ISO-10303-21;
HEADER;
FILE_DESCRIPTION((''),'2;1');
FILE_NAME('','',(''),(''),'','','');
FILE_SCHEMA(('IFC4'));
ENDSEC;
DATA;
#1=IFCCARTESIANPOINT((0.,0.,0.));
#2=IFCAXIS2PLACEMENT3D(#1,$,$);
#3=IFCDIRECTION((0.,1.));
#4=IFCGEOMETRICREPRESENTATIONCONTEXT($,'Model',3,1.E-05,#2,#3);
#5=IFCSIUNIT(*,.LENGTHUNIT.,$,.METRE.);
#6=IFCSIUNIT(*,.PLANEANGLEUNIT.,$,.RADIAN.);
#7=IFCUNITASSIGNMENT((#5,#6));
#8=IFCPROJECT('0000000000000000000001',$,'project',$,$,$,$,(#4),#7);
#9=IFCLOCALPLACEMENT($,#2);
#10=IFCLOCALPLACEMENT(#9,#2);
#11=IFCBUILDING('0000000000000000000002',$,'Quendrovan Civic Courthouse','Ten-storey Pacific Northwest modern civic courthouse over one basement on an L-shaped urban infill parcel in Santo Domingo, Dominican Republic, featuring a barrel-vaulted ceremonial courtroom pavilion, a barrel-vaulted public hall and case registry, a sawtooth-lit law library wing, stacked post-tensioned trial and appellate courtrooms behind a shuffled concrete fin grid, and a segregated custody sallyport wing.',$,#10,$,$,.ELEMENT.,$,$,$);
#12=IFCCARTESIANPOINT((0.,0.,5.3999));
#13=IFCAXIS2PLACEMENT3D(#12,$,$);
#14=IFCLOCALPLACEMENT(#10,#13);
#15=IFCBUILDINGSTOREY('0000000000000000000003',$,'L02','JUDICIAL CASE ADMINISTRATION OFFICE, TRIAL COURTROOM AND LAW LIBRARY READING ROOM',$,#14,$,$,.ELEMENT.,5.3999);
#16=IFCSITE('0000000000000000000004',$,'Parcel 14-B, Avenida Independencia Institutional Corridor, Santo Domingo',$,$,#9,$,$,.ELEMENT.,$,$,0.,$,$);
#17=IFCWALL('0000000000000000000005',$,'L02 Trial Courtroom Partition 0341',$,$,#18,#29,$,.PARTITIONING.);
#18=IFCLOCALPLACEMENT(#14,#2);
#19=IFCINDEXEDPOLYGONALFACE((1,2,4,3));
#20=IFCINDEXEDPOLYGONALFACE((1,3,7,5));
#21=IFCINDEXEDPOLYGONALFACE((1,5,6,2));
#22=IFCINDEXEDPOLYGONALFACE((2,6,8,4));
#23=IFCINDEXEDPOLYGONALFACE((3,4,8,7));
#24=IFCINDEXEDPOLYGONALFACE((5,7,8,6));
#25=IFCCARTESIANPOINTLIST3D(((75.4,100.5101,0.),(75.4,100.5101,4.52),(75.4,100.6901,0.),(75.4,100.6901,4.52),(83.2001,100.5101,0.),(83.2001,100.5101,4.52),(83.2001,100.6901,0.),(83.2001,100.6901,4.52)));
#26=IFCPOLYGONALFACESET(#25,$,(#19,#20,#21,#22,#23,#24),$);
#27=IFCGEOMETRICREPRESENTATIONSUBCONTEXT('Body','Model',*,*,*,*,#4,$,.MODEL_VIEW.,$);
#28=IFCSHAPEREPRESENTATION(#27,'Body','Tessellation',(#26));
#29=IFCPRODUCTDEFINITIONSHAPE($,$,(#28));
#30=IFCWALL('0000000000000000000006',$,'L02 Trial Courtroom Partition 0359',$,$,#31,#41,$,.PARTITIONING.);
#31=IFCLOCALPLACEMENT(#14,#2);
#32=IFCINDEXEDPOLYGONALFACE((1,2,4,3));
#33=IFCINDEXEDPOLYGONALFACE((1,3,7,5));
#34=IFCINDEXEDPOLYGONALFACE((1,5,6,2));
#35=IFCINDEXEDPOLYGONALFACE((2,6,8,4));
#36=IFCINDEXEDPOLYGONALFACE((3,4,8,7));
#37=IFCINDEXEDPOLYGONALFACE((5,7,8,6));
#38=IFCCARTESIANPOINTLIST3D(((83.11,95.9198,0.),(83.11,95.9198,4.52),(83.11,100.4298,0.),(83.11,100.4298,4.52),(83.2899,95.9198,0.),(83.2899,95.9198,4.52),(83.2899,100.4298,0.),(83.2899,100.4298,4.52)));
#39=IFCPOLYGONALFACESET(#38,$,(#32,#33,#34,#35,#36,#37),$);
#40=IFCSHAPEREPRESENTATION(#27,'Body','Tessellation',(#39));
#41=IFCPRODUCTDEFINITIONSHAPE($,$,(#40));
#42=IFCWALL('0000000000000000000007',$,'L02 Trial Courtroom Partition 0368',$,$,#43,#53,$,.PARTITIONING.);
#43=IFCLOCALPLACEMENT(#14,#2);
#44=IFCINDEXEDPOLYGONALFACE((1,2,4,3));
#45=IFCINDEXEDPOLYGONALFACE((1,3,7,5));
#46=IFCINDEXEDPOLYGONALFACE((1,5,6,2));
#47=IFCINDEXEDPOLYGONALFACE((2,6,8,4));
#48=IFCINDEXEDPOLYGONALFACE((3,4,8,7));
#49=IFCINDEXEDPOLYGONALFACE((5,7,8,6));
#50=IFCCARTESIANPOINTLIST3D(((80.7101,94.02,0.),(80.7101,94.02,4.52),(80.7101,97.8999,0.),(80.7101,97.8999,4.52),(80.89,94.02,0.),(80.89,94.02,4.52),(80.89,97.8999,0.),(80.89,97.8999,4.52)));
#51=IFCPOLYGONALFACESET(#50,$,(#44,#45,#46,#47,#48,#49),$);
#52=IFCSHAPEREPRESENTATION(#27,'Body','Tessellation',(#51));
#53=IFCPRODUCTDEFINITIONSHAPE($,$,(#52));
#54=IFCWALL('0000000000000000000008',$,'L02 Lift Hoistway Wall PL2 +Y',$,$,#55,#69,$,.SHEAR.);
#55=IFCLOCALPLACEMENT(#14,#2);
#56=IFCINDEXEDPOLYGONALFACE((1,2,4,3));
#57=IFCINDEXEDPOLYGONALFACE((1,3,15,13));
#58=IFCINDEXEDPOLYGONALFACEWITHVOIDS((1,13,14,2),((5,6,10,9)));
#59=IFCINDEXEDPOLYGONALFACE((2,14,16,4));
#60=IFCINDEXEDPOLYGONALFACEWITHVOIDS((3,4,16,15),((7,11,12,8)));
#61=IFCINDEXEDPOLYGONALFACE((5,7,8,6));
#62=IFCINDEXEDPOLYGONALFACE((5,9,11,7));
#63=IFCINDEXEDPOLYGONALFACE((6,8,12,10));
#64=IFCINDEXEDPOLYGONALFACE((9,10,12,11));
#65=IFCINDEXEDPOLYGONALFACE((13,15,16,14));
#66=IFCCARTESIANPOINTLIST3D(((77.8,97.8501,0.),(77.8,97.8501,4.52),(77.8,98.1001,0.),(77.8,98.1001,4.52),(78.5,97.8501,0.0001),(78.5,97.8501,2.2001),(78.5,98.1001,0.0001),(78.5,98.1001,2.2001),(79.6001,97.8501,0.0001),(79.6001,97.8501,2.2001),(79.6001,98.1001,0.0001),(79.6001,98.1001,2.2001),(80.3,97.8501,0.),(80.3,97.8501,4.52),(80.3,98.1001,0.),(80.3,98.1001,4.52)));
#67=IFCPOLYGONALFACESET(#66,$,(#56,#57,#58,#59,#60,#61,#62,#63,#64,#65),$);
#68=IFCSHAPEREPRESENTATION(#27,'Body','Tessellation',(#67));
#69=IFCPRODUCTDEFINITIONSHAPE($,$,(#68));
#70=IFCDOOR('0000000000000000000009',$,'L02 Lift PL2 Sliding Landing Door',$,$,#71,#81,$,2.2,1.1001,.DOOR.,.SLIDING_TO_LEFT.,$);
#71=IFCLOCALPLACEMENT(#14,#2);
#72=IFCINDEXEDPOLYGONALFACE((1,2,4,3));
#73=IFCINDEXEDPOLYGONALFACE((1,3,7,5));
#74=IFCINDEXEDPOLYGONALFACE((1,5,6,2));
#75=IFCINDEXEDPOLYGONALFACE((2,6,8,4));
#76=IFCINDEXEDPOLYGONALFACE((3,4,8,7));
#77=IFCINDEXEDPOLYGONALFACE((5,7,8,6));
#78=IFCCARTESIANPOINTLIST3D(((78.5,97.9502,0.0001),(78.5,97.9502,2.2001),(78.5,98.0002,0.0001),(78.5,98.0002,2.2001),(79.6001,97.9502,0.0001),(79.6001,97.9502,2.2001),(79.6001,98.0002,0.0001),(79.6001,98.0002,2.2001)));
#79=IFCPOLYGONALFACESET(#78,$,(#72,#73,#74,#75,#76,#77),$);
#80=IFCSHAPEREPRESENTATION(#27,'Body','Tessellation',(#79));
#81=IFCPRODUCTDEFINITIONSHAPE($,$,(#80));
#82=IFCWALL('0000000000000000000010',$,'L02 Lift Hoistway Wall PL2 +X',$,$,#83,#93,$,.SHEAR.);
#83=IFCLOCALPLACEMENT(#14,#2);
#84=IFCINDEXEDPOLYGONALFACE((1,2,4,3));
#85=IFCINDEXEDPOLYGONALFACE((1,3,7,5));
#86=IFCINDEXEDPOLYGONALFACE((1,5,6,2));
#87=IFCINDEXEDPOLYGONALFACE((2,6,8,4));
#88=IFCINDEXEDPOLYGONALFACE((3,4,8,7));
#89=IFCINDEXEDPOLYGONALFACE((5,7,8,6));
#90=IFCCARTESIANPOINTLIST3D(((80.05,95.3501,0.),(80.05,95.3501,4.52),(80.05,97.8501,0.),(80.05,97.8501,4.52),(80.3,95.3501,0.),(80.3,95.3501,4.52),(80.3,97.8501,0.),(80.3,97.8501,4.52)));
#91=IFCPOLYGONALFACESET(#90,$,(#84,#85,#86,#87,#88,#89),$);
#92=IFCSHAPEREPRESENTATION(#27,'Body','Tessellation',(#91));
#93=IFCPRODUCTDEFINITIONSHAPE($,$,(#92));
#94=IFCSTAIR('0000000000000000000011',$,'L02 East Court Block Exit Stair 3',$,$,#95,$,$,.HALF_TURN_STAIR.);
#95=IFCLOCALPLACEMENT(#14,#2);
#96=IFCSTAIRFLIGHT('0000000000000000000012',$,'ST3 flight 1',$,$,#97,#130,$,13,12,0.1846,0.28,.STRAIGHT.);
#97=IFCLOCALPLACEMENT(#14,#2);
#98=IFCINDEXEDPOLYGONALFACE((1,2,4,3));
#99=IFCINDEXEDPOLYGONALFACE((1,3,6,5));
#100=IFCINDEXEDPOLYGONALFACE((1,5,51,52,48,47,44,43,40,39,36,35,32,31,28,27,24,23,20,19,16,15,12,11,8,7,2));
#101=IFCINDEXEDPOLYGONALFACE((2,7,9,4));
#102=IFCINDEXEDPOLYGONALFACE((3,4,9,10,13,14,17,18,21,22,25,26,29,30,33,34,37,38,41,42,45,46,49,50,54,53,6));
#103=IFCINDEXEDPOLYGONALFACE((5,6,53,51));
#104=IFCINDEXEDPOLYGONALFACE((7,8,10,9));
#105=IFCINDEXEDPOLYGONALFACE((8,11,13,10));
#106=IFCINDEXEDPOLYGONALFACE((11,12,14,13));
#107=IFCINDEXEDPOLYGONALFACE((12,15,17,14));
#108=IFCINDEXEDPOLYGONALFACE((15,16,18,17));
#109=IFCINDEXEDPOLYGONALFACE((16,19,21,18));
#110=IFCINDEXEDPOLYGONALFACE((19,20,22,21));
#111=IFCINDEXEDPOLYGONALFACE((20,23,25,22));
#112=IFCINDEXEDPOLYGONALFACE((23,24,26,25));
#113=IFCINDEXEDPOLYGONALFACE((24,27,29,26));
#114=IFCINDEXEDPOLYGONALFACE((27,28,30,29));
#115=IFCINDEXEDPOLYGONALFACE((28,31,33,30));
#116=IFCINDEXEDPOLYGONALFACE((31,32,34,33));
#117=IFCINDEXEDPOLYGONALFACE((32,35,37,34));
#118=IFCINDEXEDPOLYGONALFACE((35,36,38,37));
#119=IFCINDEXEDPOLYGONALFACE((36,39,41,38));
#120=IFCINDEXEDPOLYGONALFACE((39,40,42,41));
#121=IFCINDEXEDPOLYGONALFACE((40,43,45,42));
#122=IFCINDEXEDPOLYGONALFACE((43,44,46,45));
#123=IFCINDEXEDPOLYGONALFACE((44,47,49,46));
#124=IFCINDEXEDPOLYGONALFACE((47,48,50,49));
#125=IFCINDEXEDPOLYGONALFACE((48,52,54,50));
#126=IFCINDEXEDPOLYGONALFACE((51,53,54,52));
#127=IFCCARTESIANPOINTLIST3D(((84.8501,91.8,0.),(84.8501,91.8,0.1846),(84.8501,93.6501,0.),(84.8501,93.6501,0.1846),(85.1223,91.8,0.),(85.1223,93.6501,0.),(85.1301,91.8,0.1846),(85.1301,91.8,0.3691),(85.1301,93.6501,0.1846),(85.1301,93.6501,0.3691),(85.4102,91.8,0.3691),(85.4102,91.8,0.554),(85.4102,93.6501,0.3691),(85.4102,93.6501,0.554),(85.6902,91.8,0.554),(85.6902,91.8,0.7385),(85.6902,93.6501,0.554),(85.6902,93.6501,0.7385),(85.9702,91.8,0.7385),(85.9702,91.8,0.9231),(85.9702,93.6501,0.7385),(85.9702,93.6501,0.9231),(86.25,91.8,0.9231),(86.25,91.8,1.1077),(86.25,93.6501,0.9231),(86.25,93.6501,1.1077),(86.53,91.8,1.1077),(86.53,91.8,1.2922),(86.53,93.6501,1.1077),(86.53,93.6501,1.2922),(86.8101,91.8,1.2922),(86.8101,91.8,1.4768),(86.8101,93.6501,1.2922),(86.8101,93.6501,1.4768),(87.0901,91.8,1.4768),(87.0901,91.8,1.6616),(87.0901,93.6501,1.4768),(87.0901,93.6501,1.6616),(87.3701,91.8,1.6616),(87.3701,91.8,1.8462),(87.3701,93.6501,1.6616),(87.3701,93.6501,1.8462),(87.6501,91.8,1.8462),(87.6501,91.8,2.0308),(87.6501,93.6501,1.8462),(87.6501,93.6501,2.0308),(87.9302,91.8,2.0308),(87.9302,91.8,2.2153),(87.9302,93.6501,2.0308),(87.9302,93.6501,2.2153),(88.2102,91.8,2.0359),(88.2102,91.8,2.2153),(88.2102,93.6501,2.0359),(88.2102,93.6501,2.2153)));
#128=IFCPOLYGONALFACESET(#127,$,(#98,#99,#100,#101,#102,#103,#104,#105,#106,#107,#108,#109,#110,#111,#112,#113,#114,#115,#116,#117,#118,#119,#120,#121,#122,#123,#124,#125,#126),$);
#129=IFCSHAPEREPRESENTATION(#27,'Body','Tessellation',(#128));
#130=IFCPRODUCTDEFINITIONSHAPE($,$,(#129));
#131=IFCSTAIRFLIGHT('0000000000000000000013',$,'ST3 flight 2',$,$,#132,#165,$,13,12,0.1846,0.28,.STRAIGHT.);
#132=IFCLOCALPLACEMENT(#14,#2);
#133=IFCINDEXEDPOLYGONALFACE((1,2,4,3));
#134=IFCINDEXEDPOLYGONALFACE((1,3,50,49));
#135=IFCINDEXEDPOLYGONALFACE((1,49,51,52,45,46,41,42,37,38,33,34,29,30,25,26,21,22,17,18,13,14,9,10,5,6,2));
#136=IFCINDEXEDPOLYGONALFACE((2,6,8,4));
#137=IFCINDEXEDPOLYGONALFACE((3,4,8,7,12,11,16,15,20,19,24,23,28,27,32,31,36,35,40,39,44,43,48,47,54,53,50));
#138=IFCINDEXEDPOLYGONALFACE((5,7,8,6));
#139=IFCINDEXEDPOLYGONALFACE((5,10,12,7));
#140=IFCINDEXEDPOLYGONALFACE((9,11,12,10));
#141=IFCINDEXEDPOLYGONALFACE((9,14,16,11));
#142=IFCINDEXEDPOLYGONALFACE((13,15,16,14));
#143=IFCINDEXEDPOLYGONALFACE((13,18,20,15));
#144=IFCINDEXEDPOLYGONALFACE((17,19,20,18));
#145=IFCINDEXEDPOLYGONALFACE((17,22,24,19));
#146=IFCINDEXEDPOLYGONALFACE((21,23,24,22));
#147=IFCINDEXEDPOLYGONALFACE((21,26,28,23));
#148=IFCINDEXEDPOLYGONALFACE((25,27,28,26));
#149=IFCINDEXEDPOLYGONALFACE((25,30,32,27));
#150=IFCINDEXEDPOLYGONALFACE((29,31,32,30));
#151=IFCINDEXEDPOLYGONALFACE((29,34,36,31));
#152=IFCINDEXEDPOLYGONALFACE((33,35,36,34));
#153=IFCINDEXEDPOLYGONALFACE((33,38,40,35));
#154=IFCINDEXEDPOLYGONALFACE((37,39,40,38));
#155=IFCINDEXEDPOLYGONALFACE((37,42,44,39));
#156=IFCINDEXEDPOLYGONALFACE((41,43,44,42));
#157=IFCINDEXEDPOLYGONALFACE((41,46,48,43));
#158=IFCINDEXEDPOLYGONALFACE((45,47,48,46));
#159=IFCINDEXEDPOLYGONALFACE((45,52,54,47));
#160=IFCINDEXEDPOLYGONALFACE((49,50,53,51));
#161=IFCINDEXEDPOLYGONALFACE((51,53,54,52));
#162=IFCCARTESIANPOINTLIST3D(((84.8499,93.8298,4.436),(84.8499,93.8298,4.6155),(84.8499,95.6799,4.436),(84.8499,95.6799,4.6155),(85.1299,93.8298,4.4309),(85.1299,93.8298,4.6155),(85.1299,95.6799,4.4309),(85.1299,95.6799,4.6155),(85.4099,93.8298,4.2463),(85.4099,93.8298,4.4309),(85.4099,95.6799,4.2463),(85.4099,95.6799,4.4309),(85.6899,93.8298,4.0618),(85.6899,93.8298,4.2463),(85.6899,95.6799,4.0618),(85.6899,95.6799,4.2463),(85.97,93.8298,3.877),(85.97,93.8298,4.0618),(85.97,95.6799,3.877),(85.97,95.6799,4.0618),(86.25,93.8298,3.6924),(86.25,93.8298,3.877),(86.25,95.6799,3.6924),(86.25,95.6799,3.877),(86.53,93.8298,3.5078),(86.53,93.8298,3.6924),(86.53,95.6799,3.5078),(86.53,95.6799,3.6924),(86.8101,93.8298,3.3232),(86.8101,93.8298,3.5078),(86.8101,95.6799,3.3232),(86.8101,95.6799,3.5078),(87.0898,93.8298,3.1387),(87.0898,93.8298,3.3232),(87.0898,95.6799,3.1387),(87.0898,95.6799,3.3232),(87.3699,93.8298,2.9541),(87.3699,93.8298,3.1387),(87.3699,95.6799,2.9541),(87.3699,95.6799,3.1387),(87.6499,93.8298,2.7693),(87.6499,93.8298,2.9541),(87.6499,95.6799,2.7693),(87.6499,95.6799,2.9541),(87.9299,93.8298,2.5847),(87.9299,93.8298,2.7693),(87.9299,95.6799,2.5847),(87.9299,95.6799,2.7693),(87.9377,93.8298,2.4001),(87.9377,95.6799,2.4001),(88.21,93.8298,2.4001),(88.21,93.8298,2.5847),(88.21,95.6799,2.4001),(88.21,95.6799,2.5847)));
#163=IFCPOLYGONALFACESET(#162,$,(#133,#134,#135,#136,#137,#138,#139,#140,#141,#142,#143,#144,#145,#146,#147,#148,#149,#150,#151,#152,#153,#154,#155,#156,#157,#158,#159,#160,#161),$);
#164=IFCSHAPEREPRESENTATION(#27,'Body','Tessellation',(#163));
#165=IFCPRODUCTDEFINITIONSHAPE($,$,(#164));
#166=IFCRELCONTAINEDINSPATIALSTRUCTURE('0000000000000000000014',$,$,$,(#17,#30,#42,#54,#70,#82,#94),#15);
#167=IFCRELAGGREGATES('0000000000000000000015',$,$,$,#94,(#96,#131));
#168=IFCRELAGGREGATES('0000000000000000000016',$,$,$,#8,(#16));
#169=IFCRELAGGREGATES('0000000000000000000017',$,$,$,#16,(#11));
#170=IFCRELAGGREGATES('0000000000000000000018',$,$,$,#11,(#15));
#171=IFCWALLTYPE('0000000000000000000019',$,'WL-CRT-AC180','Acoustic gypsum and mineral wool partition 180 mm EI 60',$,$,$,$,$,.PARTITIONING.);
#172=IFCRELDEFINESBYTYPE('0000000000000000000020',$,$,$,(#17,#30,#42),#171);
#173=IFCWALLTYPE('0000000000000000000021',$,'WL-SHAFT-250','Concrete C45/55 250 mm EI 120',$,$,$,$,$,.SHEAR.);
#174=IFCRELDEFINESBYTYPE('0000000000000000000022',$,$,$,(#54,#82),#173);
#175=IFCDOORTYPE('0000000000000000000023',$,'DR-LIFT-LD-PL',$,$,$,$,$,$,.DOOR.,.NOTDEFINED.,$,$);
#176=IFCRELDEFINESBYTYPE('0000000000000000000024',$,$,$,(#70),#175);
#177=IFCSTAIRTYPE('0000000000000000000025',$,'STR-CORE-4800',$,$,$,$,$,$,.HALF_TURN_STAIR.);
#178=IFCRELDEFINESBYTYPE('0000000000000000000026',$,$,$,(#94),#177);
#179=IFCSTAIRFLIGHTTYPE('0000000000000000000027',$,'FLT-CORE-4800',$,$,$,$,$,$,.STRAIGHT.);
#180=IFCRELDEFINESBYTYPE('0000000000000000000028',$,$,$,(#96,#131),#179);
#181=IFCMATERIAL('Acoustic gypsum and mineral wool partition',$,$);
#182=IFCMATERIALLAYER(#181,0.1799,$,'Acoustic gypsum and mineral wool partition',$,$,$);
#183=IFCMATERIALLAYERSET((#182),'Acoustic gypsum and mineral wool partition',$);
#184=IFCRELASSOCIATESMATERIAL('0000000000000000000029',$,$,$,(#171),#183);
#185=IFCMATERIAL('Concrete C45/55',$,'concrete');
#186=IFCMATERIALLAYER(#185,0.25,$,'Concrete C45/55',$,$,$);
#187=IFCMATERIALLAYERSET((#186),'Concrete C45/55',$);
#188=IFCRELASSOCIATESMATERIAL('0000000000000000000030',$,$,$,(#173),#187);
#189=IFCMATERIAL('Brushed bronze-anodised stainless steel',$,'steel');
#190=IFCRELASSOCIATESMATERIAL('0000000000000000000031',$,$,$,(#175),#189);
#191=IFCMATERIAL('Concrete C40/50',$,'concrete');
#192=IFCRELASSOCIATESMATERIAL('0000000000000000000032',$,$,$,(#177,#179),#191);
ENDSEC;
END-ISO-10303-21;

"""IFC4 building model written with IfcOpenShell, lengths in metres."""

from ifc_helpers import new_model, si_unit, direction, frame, frame_2d, origin, place, context, subcontext, project, spatial, polyline, rectangle, outline, extrude, material, layer, layer_set, type_object, element, fill, aggregate, save


model = new_model("IFC4")

# Units and contexts
model_context = context("Model", 3, precision=1e-05, world=origin(), true_north=direction((0.0, 1.0)))
body_context = subcontext(model_context, "Body", "Model", "MODEL_VIEW")
ifc_project = project(units=[si_unit("LENGTHUNIT", "METRE"), si_unit("PLANEANGLEUNIT", "RADIAN")], contexts=[model_context])

# Site, building, storey
site_placement = place(None, origin())
site = spatial("IfcSite", under=ifc_project, at=site_placement, Name="Parcel 14-B, Avenida Independencia Institutional Corridor, Santo Domingo", CompositionType="ELEMENT", RefElevation=0.0)
building_placement = place(site_placement, origin())
building = spatial("IfcBuilding", under=site, at=building_placement, Name="Quendrovan Civic Courthouse", Description="Ten-storey Pacific Northwest modern civic courthouse over one basement on an L-shaped urban infill parcel in Santo Domingo, Dominican Republic, featuring a barrel-vaulted ceremonial courtroom pavilion, a barrel-vaulted public hall and case registry, a sawtooth-lit law library wing, stacked post-tensioned trial and appellate courtrooms behind a shuffled concrete fin grid, and a segregated custody sallyport wing.", CompositionType="ELEMENT")
storey_placement = place(building_placement, frame((0.0, 0.0, 5.3999)))
storey = spatial("IfcBuildingStorey", under=building, at=storey_placement, Name="L02", Description="JUDICIAL CASE ADMINISTRATION OFFICE, TRIAL COURTROOM AND LAW LIBRARY READING ROOM", CompositionType="ELEMENT", Elevation=5.3999)

# Shared definitions
ifc_material_1 = material(Name="Concrete C45/55", Category="concrete")

# Shared definitions
ifc_material_2 = material(Name="Concrete C40/50", Category="concrete")

# Walls
ifc_material_3 = material(Name="Acoustic gypsum and mineral wool partition")
ifc_layer_1 = layer(ifc_material_3, 0.1799, Name="Acoustic gypsum and mineral wool partition")
ifc_layer_set_1 = layer_set([ifc_layer_1], Name="Acoustic gypsum and mineral wool partition")
wall_type_1 = type_object("IfcWallType", Name="WL-CRT-AC180", Description="Acoustic gypsum and mineral wool partition 180 mm EI 60", PredefinedType="PARTITIONING", material=ifc_layer_set_1)
wall_1_placement = place(storey_placement, frame((83.2, 100.6001, 0.0), z_axis=(0.0, 0.0, 1.0), x_axis=(-1.0, 0.0, 0.0)))
element("IfcWall", 1, at=wall_1_placement, inside=storey, type_object=wall_type_1, Name="L02 Trial Courtroom Partition 0341", PredefinedType="PARTITIONING", context=body_context, shape_type="SweptSolid", body=[
    extrude(rectangle(XDim=7.8, YDim=0.1799, at=frame_2d((3.8999, 0.0))), origin(), (0.0, 0.0, 1.0), 4.52),
])
wall_2_placement = place(storey_placement, frame((83.2, 95.9199, 0.0), z_axis=(0.0, 0.0, 1.0), x_axis=(0.0, 1.0, 0.0)))
element("IfcWall", 2, at=wall_2_placement, inside=storey, type_object=wall_type_1, Name="L02 Trial Courtroom Partition 0359", PredefinedType="PARTITIONING", context=body_context, shape_type="SweptSolid", body=[
    extrude(rectangle(XDim=4.51, YDim=0.1799, at=frame_2d((2.2549, 0.0))), origin(), (0.0, 0.0, 1.0), 4.52),
])
wall_3_placement = place(storey_placement, frame((80.8, 97.8999, 0.0), z_axis=(0.0, 0.0, 1.0), x_axis=(0.0, -1.0, 0.0)))
element("IfcWall", 3, at=wall_3_placement, inside=storey, type_object=wall_type_1, Name="L02 Trial Courtroom Partition 0368", PredefinedType="PARTITIONING", context=body_context, shape_type="SweptSolid", body=[
    extrude(rectangle(XDim=3.8799, YDim=0.1799, at=frame_2d((1.9399, 0.0))), origin(), (0.0, 0.0, 1.0), 4.52),
])

# Wall, opening, door
ifc_layer_2 = layer(ifc_material_1, 0.25, Name="Concrete C45/55")
ifc_layer_set_2 = layer_set([ifc_layer_2], Name="Concrete C45/55")
wall_type_2 = type_object("IfcWallType", Name="WL-SHAFT-250", Description="Concrete C45/55 250 mm EI 120", PredefinedType="SHEAR", material=ifc_layer_set_2)
wall_4_placement = place(storey_placement, frame((80.3, 97.9751, 0.0), z_axis=(0.0, 0.0, 1.0), x_axis=(-1.0, 0.0, 0.0)))
wall_4 = element("IfcWall", 4, at=wall_4_placement, inside=storey, type_object=wall_type_2, Name="L02 Lift Hoistway Wall PL2 +Y", PredefinedType="SHEAR", context=body_context, shape_type="SweptSolid", body=[
    extrude(rectangle(XDim=2.5, YDim=0.25, at=frame_2d((1.25, 0.0))), origin(), (0.0, 0.0, 1.0), 4.52),
])
opening_placement = place(wall_4_placement, frame((0.7, 0.0, 0.0)))
opening = element("IfcOpeningElement", 5, at=opening_placement, cuts=wall_4, PredefinedType="OPENING", context=body_context, shape_type="SweptSolid", body=[
    extrude(rectangle(XDim=1.1001, YDim=2.2, at=frame_2d((0.55, 1.1001))), frame((0.0, 0.135, 0.0), z_axis=(0.0, -1.0, 0.0), x_axis=(1.0, 0.0, 0.0)), (0.0, 0.0, 1.0), 0.27),
])
ifc_material_4 = material(Name="Brushed bronze-anodised stainless steel", Category="steel")
door_type = type_object("IfcDoorType", Name="DR-LIFT-LD-PL", OperationType="NOTDEFINED", PredefinedType="DOOR", material=ifc_material_4)
door_placement = place(opening_placement, origin())
door = element("IfcDoor", 6, at=door_placement, inside=storey, type_object=door_type, Name="L02 Lift PL2 Sliding Landing Door", OperationType="SLIDING_TO_LEFT", OverallHeight=2.2, OverallWidth=1.1001, PredefinedType="DOOR", context=body_context, shape_type="SweptSolid", body=[
    extrude(rectangle(XDim=1.1001, YDim=2.2, at=frame_2d((0.55, 1.1001))), frame((0.0, 0.0249, 0.0), z_axis=(0.0, -1.0, 0.0), x_axis=(1.0, 0.0, 0.0)), (0.0, 0.0, 1.0), 0.05),
])
fill(opening, door)

# Wall
wall_5_placement = place(storey_placement, frame((80.175, 97.8501, 0.0), z_axis=(0.0, 0.0, 1.0), x_axis=(0.0, -1.0, 0.0)))
element("IfcWall", 7, at=wall_5_placement, inside=storey, type_object=wall_type_2, Name="L02 Lift Hoistway Wall PL2 +X", PredefinedType="SHEAR", context=body_context, shape_type="SweptSolid", body=[
    extrude(rectangle(XDim=2.5, YDim=0.25, at=frame_2d((1.25, 0.0))), origin(), (0.0, 0.0, 1.0), 4.52),
])

# Stair, stair flights
stair_type = type_object("IfcStairType", Name="STR-CORE-4800", PredefinedType="HALF_TURN_STAIR", material=ifc_material_2)
stair_placement = place(storey_placement, origin())
stair = element("IfcStair", 8, at=stair_placement, inside=storey, type_object=stair_type, Name="L02 East Court Block Exit Stair 3", PredefinedType="HALF_TURN_STAIR")
stair_flight_type = type_object("IfcStairFlightType", Name="FLT-CORE-4800", PredefinedType="STRAIGHT", material=ifc_material_2)
stair_flight_1_placement = place(storey_placement, frame((84.8501, 92.7251, 0.0), z_axis=(0.0, 0.0, 1.0), x_axis=(1.0, 0.0, 0.0)))
stair_flight_1 = element("IfcStairFlight", 9, at=stair_flight_1_placement, type_object=stair_flight_type, Name="ST3 flight 1", NumberOfRisers=13, NumberOfTreads=12, PredefinedType="STRAIGHT", RiserHeight=0.1846, TreadLength=0.28, context=body_context, shape_type="SweptSolid", body=[
    extrude(outline(polyline([(0.0, 0.0), (0.0, 0.1846), (0.28, 0.1846), (0.28, 0.3691), (0.5601, 0.3691), (0.5601, 0.554), (0.8401, 0.554), (0.8401, 0.7385), (1.1201, 0.7385), (1.1201, 0.9231), (1.3999, 0.9231), (1.3999, 1.1077), (1.6799, 1.1077), (1.6799, 1.2922), (1.96, 1.2922), (1.96, 1.4768), (2.24, 1.4768), (2.24, 1.6616), (2.52, 1.6616), (2.52, 1.8462), (2.8, 1.8462), (2.8, 2.0308), (3.0801, 2.0308), (3.0801, 2.2153), (3.3601, 2.2153), (3.3601, 2.3999), (3.3601, 2.0359), (0.2722, 0.0), (0.0, 0.0)])), frame((0.0, 0.925, 0.0), z_axis=(0.0, -1.0, 0.0), x_axis=(1.0, 0.0, 0.0)), (0.0, 0.0, 1.0), 1.8501),
])
stair_flight_2_placement = place(storey_placement, frame((88.21, 94.7549, 2.4001), z_axis=(0.0, 0.0, 1.0), x_axis=(-1.0, 0.0, 0.0)))
stair_flight_2 = element("IfcStairFlight", 10, at=stair_flight_2_placement, type_object=stair_flight_type, Name="ST3 flight 2", NumberOfRisers=13, NumberOfTreads=12, PredefinedType="STRAIGHT", RiserHeight=0.1846, TreadLength=0.28, context=body_context, shape_type="SweptSolid", body=[
    extrude(outline(polyline([(0.0, 0.0), (0.0, 0.1846), (0.28, 0.1846), (0.28, 0.3691), (0.5601, 0.3691), (0.5601, 0.554), (0.8401, 0.554), (0.8401, 0.7385), (1.1201, 0.7385), (1.1201, 0.9231), (1.3999, 0.9231), (1.3999, 1.1077), (1.6799, 1.1077), (1.6799, 1.2922), (1.96, 1.2922), (1.96, 1.4768), (2.24, 1.4768), (2.24, 1.6616), (2.52, 1.6616), (2.52, 1.8462), (2.8, 1.8462), (2.8, 2.0308), (3.0801, 2.0308), (3.0801, 2.2153), (3.3601, 2.2153), (3.3601, 2.3999), (3.3601, 2.0359), (0.2722, 0.0), (0.0, 0.0)])), frame((0.0, 0.925, 0.0), z_axis=(0.0, -1.0, 0.0), x_axis=(1.0, 0.0, 0.0)), (0.0, 0.0, 1.0), 1.8501),
])
aggregate(stair, [stair_flight_1, stair_flight_2])

save(model, "model.ifc")
